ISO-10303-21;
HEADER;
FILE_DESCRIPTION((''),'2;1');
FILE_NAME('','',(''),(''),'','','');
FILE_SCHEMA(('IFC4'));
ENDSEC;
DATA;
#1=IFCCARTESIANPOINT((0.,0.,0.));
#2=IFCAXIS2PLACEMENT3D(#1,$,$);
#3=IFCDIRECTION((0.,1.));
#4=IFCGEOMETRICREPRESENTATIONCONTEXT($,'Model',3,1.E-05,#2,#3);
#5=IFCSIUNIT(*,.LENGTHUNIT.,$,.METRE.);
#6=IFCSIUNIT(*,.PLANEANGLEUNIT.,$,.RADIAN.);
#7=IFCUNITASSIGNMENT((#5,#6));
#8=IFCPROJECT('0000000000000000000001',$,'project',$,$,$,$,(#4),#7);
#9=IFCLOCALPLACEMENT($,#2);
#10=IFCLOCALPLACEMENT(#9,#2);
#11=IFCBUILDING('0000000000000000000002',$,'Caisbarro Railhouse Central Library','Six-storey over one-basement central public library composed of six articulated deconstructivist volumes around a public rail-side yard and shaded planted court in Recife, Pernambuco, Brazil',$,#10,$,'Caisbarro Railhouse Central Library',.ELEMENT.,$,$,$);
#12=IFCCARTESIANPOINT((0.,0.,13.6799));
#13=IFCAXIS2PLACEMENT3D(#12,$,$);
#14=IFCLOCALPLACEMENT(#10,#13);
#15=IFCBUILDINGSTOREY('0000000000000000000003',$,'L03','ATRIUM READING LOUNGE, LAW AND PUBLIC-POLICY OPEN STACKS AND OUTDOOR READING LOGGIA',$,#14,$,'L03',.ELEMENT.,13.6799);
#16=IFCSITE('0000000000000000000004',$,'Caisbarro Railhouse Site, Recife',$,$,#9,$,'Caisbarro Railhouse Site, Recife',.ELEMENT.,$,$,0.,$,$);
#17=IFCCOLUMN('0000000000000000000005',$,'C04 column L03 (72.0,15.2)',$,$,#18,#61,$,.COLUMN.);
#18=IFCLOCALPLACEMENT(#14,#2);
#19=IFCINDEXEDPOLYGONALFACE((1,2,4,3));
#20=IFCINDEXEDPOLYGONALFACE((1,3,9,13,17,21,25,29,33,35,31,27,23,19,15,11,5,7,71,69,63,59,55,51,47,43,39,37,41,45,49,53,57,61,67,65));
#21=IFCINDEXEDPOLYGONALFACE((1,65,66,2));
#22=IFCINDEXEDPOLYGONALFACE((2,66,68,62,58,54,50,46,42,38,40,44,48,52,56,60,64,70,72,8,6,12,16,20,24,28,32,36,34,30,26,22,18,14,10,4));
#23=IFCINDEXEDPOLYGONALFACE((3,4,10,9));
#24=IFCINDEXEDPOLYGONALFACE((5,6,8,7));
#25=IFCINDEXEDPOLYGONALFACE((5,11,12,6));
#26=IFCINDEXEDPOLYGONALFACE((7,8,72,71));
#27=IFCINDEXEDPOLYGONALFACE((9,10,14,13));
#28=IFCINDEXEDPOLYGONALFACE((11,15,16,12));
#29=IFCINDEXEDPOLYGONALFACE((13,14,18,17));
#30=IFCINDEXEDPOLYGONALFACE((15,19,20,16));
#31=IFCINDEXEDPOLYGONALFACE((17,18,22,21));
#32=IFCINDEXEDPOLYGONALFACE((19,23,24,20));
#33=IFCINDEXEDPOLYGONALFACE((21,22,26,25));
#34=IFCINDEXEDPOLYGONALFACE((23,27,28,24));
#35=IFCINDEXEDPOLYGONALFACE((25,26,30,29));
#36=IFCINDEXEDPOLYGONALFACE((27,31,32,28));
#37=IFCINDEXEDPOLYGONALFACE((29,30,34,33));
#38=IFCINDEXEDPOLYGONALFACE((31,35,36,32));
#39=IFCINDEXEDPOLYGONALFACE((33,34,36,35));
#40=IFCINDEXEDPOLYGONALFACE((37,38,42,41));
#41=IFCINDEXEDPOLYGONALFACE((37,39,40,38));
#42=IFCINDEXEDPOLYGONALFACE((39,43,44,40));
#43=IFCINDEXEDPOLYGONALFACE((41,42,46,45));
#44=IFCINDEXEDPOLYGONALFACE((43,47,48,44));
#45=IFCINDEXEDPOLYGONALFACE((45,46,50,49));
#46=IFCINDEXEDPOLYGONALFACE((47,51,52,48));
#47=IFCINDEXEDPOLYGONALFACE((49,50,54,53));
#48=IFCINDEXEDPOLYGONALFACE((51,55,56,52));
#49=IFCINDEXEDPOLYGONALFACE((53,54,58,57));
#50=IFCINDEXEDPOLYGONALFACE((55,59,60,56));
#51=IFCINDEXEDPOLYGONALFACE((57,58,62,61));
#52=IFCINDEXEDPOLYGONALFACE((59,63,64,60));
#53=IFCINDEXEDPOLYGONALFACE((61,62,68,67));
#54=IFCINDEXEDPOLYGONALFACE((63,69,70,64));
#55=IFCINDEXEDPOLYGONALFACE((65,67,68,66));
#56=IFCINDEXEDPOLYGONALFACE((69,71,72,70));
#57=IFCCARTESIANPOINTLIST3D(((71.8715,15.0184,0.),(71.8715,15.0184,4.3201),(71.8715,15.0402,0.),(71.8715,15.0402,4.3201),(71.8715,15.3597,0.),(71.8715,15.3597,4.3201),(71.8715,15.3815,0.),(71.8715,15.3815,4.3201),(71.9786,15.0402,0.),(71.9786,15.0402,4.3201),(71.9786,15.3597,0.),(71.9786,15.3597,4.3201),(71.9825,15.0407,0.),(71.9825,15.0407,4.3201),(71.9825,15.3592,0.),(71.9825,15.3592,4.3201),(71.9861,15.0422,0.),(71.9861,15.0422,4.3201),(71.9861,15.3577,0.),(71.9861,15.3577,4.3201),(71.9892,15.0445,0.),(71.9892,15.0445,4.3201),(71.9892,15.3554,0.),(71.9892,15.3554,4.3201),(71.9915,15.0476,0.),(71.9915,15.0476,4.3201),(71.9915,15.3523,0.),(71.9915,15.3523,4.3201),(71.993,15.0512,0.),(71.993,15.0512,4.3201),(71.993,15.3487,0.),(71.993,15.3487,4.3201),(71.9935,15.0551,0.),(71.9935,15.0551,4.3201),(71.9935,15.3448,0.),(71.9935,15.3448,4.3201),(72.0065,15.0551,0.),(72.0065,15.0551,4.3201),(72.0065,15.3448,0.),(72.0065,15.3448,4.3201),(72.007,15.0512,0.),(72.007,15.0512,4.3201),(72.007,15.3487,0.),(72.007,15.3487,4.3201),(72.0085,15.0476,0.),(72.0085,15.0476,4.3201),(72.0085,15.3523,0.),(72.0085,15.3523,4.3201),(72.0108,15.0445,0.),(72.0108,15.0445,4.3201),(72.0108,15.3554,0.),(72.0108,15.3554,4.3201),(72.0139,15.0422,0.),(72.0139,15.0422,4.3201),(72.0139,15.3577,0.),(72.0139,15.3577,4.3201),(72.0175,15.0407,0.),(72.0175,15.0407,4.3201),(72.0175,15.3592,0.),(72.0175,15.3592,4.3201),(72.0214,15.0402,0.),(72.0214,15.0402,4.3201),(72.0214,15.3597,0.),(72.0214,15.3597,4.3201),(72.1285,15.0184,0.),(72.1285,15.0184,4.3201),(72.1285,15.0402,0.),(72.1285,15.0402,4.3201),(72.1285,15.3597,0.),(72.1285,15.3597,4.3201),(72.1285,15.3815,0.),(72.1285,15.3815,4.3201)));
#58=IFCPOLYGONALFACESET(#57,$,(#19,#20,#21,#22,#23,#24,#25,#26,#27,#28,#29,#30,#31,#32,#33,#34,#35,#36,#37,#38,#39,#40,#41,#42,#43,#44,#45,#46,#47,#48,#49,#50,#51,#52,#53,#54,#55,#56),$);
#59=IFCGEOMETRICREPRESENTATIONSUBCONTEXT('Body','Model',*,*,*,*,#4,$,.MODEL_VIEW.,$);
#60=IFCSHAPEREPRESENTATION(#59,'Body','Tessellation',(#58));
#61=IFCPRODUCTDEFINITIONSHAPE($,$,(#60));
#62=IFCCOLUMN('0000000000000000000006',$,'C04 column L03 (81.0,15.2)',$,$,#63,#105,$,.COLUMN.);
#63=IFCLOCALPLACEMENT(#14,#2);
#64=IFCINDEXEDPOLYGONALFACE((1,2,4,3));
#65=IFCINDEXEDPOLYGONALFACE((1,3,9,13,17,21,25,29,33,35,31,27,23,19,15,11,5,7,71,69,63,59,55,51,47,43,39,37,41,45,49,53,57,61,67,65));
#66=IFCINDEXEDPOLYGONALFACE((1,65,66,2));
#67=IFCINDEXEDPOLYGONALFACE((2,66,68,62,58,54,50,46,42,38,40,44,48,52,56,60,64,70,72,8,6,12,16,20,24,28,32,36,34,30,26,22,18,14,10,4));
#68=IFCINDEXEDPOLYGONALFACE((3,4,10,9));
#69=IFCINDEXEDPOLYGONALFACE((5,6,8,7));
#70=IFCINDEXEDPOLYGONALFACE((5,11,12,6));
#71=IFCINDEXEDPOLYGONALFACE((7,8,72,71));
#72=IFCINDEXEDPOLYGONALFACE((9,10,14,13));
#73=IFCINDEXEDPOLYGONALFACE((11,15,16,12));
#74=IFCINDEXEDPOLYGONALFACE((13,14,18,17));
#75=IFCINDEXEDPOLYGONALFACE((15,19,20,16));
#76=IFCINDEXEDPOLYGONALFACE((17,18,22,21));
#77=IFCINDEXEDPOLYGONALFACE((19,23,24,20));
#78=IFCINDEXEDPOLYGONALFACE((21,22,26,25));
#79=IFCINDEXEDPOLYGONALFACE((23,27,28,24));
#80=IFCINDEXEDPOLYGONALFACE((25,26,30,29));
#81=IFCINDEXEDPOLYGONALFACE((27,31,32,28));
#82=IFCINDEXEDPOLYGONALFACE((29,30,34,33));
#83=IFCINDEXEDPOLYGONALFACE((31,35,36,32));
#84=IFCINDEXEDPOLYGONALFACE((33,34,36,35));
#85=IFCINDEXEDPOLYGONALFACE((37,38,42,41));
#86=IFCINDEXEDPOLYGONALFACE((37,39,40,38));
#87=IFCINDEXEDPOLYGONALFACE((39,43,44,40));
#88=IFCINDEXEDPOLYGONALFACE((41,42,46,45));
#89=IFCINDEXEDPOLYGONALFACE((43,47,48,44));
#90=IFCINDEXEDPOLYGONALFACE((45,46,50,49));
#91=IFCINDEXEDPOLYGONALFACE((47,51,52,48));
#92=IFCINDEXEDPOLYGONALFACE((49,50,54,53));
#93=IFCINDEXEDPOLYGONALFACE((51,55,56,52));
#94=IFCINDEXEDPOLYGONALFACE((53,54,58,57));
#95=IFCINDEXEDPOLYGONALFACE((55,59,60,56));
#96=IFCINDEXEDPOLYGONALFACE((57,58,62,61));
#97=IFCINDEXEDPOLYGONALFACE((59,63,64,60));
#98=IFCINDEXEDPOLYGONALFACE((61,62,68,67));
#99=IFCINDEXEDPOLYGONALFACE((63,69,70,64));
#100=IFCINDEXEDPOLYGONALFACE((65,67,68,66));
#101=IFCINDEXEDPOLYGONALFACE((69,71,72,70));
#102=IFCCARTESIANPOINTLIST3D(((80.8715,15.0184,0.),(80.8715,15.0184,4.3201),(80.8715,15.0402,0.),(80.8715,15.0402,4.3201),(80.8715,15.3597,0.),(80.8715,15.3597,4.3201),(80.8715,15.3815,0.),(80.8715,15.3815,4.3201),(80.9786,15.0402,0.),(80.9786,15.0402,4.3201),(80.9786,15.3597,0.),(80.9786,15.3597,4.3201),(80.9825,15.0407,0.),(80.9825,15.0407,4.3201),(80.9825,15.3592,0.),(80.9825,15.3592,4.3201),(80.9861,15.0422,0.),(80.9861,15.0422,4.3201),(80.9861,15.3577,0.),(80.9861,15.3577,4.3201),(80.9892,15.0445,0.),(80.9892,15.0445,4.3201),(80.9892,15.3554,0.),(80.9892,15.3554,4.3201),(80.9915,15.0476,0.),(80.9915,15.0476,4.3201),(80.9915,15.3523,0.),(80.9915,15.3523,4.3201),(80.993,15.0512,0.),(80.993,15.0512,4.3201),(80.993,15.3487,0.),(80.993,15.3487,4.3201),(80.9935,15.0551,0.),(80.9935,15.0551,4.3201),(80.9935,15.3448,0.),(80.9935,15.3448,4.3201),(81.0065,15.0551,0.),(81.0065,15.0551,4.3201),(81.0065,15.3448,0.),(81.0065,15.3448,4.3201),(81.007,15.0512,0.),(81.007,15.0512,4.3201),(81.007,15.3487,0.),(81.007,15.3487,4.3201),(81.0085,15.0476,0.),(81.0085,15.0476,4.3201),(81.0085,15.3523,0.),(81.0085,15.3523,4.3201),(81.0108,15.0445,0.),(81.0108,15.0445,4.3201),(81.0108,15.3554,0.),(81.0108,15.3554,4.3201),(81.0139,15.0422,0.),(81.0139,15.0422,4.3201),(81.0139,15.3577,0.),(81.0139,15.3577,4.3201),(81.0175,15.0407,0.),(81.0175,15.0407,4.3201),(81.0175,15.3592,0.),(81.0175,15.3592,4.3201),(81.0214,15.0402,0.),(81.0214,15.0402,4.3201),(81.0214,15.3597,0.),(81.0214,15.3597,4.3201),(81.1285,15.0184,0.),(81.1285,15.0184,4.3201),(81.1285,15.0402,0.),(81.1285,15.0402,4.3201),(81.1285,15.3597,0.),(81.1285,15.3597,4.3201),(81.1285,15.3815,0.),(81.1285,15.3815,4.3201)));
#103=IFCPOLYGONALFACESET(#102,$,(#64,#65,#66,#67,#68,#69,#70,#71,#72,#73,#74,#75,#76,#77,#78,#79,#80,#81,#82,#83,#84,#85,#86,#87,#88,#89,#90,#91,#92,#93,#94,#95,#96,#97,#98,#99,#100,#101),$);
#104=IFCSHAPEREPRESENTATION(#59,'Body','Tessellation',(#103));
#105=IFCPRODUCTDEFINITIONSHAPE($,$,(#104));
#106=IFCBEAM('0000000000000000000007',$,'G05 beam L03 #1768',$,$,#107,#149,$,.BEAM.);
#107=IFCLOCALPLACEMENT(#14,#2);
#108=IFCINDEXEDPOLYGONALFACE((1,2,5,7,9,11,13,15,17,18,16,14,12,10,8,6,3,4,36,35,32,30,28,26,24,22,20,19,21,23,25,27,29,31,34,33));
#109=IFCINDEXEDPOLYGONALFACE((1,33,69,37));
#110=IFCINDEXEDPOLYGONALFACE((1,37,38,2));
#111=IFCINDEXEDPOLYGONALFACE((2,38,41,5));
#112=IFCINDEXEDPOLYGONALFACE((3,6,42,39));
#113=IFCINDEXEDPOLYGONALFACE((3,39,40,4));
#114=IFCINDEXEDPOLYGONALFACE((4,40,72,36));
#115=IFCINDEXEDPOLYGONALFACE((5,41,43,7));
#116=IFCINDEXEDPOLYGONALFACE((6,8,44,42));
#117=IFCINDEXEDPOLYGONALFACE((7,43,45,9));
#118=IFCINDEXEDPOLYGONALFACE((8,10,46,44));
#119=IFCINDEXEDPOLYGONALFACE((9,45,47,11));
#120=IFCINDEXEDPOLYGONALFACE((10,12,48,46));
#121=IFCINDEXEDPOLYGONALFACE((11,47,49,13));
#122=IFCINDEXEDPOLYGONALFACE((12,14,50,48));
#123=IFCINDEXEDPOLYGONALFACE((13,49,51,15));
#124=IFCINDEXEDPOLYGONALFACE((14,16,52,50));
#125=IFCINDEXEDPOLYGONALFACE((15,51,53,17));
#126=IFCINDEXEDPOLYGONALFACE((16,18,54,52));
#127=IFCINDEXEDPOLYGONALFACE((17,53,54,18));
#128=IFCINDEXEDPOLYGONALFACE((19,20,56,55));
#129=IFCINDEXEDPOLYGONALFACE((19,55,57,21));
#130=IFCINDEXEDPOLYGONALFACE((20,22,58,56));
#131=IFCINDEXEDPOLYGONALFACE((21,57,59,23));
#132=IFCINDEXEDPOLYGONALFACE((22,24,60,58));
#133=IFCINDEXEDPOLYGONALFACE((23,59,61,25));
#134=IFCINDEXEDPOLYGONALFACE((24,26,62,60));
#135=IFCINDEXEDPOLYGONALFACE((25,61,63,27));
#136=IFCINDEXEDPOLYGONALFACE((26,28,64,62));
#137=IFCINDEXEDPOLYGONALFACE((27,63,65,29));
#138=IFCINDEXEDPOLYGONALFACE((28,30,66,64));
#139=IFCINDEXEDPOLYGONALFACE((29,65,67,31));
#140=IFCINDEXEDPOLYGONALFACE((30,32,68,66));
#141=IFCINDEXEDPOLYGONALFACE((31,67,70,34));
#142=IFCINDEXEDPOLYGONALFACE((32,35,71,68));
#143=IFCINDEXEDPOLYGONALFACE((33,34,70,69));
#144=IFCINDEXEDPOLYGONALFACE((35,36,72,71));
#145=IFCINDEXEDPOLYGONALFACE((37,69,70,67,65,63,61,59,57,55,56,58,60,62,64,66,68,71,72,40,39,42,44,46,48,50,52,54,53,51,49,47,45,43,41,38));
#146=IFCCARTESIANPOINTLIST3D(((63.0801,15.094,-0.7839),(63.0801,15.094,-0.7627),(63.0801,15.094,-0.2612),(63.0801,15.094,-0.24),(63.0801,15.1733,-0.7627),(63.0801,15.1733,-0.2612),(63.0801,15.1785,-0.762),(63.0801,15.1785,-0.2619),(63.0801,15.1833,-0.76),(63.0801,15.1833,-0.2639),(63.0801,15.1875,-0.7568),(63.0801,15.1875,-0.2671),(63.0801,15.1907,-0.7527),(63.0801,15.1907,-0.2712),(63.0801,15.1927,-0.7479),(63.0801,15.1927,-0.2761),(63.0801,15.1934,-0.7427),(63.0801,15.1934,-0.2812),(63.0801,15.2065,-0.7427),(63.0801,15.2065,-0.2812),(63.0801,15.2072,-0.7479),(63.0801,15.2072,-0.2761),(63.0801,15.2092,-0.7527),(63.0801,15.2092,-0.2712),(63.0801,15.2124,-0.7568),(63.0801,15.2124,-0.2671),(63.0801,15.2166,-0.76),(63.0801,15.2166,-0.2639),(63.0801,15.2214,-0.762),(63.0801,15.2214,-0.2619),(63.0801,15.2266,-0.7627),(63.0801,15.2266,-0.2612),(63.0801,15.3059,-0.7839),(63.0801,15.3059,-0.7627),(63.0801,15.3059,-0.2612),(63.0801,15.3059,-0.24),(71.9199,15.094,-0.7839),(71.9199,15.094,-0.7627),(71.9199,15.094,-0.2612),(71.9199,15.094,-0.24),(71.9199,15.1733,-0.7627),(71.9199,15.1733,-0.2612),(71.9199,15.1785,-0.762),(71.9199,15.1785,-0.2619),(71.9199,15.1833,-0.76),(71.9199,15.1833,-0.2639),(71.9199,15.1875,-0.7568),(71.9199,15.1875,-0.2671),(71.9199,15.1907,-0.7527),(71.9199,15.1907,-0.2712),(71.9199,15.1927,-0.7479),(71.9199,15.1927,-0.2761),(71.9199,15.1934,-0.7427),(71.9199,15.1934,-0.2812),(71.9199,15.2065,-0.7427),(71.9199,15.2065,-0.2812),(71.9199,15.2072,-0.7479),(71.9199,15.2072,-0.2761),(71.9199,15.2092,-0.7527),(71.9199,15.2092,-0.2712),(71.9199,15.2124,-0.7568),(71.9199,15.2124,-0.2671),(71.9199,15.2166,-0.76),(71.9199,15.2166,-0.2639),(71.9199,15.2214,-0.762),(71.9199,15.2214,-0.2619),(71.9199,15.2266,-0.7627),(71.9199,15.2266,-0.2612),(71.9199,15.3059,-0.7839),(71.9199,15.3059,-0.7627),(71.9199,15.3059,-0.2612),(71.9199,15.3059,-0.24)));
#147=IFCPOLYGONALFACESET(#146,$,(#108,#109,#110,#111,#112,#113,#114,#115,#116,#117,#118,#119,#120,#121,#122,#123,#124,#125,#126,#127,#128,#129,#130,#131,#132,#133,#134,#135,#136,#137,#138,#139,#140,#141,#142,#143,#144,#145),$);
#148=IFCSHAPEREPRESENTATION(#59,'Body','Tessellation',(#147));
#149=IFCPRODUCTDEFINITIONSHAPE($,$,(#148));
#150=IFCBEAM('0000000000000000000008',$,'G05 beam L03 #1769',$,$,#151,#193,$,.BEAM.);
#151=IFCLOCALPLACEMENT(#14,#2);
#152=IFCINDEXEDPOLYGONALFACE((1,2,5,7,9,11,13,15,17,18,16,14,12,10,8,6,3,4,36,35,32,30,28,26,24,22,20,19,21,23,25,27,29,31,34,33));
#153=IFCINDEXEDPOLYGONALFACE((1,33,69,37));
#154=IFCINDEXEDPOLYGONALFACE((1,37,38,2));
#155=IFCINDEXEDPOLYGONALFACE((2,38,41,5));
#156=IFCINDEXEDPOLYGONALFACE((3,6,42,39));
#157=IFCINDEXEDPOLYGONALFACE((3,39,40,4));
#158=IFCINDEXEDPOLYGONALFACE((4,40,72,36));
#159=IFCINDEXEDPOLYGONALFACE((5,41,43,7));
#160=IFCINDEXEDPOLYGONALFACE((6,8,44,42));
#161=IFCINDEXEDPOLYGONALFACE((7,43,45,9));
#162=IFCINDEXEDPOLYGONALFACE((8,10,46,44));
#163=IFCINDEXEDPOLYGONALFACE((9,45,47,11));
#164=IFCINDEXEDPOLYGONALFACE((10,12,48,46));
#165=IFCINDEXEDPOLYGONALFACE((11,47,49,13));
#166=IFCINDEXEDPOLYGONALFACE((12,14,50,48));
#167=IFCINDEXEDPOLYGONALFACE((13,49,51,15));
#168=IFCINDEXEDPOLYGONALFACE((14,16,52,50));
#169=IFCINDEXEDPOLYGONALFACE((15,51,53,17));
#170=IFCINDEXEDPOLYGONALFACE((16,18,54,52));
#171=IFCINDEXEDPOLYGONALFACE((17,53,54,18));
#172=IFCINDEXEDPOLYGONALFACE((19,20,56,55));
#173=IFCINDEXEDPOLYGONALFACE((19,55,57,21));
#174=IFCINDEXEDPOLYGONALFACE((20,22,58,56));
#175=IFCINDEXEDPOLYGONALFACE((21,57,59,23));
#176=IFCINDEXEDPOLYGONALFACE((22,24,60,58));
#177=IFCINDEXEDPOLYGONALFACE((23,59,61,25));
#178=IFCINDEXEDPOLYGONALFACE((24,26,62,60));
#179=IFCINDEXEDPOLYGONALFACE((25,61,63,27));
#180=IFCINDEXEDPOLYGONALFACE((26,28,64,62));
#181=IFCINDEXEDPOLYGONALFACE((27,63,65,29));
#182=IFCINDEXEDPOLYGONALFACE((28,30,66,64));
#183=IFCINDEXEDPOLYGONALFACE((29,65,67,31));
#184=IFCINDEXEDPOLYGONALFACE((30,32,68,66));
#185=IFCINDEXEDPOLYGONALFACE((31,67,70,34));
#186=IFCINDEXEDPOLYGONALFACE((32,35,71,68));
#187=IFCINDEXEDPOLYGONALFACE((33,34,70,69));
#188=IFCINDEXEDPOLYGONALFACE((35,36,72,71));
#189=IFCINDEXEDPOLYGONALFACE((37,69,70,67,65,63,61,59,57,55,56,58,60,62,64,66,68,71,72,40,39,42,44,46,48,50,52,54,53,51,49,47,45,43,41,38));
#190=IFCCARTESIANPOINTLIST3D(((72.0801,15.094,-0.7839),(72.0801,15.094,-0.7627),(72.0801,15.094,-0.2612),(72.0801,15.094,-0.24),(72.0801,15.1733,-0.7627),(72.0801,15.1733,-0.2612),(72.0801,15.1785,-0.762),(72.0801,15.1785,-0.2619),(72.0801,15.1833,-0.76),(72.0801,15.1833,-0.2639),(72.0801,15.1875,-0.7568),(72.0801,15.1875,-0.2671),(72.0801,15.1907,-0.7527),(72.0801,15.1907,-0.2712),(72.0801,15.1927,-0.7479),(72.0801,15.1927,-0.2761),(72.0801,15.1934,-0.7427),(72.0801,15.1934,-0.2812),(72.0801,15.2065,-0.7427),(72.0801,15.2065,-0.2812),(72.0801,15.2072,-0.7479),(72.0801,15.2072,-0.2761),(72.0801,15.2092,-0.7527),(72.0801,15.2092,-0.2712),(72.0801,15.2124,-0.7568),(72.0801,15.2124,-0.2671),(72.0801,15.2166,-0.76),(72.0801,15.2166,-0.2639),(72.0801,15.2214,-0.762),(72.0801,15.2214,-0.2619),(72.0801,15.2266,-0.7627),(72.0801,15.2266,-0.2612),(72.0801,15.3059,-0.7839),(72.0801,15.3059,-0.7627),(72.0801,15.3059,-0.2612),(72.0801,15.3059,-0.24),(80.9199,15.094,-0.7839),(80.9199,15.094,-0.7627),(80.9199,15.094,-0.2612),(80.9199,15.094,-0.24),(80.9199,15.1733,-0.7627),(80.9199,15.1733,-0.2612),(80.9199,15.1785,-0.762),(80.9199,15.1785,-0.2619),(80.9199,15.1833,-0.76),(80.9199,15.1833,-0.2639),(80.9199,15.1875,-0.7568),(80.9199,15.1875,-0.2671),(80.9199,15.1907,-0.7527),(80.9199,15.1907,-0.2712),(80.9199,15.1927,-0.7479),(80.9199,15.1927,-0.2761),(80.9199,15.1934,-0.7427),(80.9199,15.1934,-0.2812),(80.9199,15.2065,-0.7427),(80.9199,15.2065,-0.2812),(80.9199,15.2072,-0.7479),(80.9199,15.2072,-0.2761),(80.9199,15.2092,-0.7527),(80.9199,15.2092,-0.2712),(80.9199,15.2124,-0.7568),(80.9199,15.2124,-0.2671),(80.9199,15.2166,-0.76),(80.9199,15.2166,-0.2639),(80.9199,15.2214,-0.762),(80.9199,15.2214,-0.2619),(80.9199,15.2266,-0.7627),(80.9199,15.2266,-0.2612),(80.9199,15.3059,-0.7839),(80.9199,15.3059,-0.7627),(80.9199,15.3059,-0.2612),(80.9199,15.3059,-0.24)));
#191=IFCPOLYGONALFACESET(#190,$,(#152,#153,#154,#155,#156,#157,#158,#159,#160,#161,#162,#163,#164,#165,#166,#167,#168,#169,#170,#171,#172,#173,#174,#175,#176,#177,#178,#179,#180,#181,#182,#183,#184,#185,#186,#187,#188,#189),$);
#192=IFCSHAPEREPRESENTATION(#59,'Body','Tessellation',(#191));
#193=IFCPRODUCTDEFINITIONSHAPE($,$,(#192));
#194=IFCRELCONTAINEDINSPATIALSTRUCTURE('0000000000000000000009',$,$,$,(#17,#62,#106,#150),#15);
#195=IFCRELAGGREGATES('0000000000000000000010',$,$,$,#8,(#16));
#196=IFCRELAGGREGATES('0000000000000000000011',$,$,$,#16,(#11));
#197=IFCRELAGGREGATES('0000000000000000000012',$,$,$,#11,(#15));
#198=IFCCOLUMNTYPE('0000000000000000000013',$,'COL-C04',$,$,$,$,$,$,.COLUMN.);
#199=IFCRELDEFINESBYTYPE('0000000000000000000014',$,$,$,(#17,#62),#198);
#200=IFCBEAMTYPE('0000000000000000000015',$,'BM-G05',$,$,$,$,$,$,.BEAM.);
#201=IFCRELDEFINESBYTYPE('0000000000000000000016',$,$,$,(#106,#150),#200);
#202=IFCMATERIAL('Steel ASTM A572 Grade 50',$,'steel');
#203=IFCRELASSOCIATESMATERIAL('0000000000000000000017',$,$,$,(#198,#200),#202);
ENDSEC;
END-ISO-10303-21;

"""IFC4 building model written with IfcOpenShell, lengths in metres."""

from ifc_helpers import new_model, si_unit, direction, frame, origin, origin_2d, place, context, subcontext, project, spatial, i_section, extrude, material, material_profile, profile_set, type_object, element, save


model = new_model("IFC4")

# Units and contexts
model_context = context("Model", 3, precision=1e-05, world=origin(), true_north=direction((0.0, 1.0)))
body_context = subcontext(model_context, "Body", "Model", "MODEL_VIEW")
ifc_project = project(units=[si_unit("LENGTHUNIT", "METRE"), si_unit("PLANEANGLEUNIT", "RADIAN")], contexts=[model_context])

# Site, building, storey
site_placement = place(None, origin())
site = spatial("IfcSite", under=ifc_project, at=site_placement, Name="Caisbarro Railhouse Site, Recife", LongName="Caisbarro Railhouse Site, Recife", CompositionType="ELEMENT", RefElevation=0.0)
building_placement = place(site_placement, origin())
building = spatial("IfcBuilding", under=site, at=building_placement, Name="Caisbarro Railhouse Central Library", Description="Six-storey over one-basement central public library composed of six articulated deconstructivist volumes around a public rail-side yard and shaded planted court in Recife, Pernambuco, Brazil", LongName="Caisbarro Railhouse Central Library", CompositionType="ELEMENT")
storey_placement = place(building_placement, frame((0.0, 0.0, 13.6799)))
storey = spatial("IfcBuildingStorey", under=building, at=storey_placement, Name="L03", Description="ATRIUM READING LOUNGE, LAW AND PUBLIC-POLICY OPEN STACKS AND OUTDOOR READING LOGGIA", LongName="L03", CompositionType="ELEMENT", Elevation=13.6799)

# Columns
ifc_material_1 = material(Name="Steel ASTM A572 Grade 50", Category="steel")
ifc_material_profile_1 = material_profile(ifc_material_1, i_section(OverallWidth=0.2571, OverallDepth=0.363, WebThickness=0.0129, FlangeThickness=0.0217, FilletRadius=0.0149, at=origin_2d()), Name="W360X122.0")
ifc_profile_set_1 = profile_set([ifc_material_profile_1], Name="Steel ASTM A572 Grade 50")
column_type = type_object("IfcColumnType", Name="COL-C04", PredefinedType="COLUMN", material=ifc_profile_set_1)
for number, where, z_axis, x_axis, name in (
    (1, (72.0, 15.2, 0.0), (0.0, 0.0, 1.0), (1.0, 0.0, 0.0), "C04 column L03 (72.0,15.2)"),
    (2, (81.0, 15.2, 0.0), (0.0, 0.0, 1.0), (1.0, 0.0, 0.0), "C04 column L03 (81.0,15.2)"),
):
    element("IfcColumn", number, at=place(storey_placement, frame(where, z_axis=z_axis, x_axis=x_axis)), inside=storey, type_object=column_type, Name=name, PredefinedType="COLUMN", context=body_context, shape_type="SweptSolid", body=[
        extrude(i_section(OverallWidth=0.2571, OverallDepth=0.363, WebThickness=0.0129, FlangeThickness=0.0217, FilletRadius=0.0149, at=origin_2d()), origin(), (0.0, 0.0, 1.0), 4.3201),
    ])

# Beams
ifc_material_profile_2 = material_profile(ifc_material_1, i_section(OverallWidth=0.2119, OverallDepth=0.5439, WebThickness=0.0132, FlangeThickness=0.0212, FilletRadius=0.02, at=origin_2d()), Name="W530X123.0")
ifc_profile_set_2 = profile_set([ifc_material_profile_2], Name="Steel ASTM A572 Grade 50")
beam_type_1 = type_object("IfcBeamType", Name="BM-G05", PredefinedType="BEAM", material=ifc_profile_set_2)
for number, where, z_axis, x_axis, name in (
    (3, (63.0801, 15.2, -0.512), (1.0, 0.0, 0.0), (0.0, 1.0, 0.0), "G05 beam L03 #1768"),
    (4, (72.0801, 15.2, -0.512), (1.0, 0.0, 0.0), (0.0, 1.0, 0.0), "G05 beam L03 #1769"),
):
    element("IfcBeam", number, at=place(storey_placement, frame(where, z_axis=z_axis, x_axis=x_axis)), inside=storey, type_object=beam_type_1, Name=name, PredefinedType="BEAM", context=body_context, shape_type="SweptSolid", body=[
        extrude(i_section(OverallWidth=0.2119, OverallDepth=0.5439, WebThickness=0.0132, FlangeThickness=0.0212, FilletRadius=0.02, at=origin_2d()), origin(), (0.0, 0.0, 1.0), 8.8398),
    ])

save(model, "model.ifc")
